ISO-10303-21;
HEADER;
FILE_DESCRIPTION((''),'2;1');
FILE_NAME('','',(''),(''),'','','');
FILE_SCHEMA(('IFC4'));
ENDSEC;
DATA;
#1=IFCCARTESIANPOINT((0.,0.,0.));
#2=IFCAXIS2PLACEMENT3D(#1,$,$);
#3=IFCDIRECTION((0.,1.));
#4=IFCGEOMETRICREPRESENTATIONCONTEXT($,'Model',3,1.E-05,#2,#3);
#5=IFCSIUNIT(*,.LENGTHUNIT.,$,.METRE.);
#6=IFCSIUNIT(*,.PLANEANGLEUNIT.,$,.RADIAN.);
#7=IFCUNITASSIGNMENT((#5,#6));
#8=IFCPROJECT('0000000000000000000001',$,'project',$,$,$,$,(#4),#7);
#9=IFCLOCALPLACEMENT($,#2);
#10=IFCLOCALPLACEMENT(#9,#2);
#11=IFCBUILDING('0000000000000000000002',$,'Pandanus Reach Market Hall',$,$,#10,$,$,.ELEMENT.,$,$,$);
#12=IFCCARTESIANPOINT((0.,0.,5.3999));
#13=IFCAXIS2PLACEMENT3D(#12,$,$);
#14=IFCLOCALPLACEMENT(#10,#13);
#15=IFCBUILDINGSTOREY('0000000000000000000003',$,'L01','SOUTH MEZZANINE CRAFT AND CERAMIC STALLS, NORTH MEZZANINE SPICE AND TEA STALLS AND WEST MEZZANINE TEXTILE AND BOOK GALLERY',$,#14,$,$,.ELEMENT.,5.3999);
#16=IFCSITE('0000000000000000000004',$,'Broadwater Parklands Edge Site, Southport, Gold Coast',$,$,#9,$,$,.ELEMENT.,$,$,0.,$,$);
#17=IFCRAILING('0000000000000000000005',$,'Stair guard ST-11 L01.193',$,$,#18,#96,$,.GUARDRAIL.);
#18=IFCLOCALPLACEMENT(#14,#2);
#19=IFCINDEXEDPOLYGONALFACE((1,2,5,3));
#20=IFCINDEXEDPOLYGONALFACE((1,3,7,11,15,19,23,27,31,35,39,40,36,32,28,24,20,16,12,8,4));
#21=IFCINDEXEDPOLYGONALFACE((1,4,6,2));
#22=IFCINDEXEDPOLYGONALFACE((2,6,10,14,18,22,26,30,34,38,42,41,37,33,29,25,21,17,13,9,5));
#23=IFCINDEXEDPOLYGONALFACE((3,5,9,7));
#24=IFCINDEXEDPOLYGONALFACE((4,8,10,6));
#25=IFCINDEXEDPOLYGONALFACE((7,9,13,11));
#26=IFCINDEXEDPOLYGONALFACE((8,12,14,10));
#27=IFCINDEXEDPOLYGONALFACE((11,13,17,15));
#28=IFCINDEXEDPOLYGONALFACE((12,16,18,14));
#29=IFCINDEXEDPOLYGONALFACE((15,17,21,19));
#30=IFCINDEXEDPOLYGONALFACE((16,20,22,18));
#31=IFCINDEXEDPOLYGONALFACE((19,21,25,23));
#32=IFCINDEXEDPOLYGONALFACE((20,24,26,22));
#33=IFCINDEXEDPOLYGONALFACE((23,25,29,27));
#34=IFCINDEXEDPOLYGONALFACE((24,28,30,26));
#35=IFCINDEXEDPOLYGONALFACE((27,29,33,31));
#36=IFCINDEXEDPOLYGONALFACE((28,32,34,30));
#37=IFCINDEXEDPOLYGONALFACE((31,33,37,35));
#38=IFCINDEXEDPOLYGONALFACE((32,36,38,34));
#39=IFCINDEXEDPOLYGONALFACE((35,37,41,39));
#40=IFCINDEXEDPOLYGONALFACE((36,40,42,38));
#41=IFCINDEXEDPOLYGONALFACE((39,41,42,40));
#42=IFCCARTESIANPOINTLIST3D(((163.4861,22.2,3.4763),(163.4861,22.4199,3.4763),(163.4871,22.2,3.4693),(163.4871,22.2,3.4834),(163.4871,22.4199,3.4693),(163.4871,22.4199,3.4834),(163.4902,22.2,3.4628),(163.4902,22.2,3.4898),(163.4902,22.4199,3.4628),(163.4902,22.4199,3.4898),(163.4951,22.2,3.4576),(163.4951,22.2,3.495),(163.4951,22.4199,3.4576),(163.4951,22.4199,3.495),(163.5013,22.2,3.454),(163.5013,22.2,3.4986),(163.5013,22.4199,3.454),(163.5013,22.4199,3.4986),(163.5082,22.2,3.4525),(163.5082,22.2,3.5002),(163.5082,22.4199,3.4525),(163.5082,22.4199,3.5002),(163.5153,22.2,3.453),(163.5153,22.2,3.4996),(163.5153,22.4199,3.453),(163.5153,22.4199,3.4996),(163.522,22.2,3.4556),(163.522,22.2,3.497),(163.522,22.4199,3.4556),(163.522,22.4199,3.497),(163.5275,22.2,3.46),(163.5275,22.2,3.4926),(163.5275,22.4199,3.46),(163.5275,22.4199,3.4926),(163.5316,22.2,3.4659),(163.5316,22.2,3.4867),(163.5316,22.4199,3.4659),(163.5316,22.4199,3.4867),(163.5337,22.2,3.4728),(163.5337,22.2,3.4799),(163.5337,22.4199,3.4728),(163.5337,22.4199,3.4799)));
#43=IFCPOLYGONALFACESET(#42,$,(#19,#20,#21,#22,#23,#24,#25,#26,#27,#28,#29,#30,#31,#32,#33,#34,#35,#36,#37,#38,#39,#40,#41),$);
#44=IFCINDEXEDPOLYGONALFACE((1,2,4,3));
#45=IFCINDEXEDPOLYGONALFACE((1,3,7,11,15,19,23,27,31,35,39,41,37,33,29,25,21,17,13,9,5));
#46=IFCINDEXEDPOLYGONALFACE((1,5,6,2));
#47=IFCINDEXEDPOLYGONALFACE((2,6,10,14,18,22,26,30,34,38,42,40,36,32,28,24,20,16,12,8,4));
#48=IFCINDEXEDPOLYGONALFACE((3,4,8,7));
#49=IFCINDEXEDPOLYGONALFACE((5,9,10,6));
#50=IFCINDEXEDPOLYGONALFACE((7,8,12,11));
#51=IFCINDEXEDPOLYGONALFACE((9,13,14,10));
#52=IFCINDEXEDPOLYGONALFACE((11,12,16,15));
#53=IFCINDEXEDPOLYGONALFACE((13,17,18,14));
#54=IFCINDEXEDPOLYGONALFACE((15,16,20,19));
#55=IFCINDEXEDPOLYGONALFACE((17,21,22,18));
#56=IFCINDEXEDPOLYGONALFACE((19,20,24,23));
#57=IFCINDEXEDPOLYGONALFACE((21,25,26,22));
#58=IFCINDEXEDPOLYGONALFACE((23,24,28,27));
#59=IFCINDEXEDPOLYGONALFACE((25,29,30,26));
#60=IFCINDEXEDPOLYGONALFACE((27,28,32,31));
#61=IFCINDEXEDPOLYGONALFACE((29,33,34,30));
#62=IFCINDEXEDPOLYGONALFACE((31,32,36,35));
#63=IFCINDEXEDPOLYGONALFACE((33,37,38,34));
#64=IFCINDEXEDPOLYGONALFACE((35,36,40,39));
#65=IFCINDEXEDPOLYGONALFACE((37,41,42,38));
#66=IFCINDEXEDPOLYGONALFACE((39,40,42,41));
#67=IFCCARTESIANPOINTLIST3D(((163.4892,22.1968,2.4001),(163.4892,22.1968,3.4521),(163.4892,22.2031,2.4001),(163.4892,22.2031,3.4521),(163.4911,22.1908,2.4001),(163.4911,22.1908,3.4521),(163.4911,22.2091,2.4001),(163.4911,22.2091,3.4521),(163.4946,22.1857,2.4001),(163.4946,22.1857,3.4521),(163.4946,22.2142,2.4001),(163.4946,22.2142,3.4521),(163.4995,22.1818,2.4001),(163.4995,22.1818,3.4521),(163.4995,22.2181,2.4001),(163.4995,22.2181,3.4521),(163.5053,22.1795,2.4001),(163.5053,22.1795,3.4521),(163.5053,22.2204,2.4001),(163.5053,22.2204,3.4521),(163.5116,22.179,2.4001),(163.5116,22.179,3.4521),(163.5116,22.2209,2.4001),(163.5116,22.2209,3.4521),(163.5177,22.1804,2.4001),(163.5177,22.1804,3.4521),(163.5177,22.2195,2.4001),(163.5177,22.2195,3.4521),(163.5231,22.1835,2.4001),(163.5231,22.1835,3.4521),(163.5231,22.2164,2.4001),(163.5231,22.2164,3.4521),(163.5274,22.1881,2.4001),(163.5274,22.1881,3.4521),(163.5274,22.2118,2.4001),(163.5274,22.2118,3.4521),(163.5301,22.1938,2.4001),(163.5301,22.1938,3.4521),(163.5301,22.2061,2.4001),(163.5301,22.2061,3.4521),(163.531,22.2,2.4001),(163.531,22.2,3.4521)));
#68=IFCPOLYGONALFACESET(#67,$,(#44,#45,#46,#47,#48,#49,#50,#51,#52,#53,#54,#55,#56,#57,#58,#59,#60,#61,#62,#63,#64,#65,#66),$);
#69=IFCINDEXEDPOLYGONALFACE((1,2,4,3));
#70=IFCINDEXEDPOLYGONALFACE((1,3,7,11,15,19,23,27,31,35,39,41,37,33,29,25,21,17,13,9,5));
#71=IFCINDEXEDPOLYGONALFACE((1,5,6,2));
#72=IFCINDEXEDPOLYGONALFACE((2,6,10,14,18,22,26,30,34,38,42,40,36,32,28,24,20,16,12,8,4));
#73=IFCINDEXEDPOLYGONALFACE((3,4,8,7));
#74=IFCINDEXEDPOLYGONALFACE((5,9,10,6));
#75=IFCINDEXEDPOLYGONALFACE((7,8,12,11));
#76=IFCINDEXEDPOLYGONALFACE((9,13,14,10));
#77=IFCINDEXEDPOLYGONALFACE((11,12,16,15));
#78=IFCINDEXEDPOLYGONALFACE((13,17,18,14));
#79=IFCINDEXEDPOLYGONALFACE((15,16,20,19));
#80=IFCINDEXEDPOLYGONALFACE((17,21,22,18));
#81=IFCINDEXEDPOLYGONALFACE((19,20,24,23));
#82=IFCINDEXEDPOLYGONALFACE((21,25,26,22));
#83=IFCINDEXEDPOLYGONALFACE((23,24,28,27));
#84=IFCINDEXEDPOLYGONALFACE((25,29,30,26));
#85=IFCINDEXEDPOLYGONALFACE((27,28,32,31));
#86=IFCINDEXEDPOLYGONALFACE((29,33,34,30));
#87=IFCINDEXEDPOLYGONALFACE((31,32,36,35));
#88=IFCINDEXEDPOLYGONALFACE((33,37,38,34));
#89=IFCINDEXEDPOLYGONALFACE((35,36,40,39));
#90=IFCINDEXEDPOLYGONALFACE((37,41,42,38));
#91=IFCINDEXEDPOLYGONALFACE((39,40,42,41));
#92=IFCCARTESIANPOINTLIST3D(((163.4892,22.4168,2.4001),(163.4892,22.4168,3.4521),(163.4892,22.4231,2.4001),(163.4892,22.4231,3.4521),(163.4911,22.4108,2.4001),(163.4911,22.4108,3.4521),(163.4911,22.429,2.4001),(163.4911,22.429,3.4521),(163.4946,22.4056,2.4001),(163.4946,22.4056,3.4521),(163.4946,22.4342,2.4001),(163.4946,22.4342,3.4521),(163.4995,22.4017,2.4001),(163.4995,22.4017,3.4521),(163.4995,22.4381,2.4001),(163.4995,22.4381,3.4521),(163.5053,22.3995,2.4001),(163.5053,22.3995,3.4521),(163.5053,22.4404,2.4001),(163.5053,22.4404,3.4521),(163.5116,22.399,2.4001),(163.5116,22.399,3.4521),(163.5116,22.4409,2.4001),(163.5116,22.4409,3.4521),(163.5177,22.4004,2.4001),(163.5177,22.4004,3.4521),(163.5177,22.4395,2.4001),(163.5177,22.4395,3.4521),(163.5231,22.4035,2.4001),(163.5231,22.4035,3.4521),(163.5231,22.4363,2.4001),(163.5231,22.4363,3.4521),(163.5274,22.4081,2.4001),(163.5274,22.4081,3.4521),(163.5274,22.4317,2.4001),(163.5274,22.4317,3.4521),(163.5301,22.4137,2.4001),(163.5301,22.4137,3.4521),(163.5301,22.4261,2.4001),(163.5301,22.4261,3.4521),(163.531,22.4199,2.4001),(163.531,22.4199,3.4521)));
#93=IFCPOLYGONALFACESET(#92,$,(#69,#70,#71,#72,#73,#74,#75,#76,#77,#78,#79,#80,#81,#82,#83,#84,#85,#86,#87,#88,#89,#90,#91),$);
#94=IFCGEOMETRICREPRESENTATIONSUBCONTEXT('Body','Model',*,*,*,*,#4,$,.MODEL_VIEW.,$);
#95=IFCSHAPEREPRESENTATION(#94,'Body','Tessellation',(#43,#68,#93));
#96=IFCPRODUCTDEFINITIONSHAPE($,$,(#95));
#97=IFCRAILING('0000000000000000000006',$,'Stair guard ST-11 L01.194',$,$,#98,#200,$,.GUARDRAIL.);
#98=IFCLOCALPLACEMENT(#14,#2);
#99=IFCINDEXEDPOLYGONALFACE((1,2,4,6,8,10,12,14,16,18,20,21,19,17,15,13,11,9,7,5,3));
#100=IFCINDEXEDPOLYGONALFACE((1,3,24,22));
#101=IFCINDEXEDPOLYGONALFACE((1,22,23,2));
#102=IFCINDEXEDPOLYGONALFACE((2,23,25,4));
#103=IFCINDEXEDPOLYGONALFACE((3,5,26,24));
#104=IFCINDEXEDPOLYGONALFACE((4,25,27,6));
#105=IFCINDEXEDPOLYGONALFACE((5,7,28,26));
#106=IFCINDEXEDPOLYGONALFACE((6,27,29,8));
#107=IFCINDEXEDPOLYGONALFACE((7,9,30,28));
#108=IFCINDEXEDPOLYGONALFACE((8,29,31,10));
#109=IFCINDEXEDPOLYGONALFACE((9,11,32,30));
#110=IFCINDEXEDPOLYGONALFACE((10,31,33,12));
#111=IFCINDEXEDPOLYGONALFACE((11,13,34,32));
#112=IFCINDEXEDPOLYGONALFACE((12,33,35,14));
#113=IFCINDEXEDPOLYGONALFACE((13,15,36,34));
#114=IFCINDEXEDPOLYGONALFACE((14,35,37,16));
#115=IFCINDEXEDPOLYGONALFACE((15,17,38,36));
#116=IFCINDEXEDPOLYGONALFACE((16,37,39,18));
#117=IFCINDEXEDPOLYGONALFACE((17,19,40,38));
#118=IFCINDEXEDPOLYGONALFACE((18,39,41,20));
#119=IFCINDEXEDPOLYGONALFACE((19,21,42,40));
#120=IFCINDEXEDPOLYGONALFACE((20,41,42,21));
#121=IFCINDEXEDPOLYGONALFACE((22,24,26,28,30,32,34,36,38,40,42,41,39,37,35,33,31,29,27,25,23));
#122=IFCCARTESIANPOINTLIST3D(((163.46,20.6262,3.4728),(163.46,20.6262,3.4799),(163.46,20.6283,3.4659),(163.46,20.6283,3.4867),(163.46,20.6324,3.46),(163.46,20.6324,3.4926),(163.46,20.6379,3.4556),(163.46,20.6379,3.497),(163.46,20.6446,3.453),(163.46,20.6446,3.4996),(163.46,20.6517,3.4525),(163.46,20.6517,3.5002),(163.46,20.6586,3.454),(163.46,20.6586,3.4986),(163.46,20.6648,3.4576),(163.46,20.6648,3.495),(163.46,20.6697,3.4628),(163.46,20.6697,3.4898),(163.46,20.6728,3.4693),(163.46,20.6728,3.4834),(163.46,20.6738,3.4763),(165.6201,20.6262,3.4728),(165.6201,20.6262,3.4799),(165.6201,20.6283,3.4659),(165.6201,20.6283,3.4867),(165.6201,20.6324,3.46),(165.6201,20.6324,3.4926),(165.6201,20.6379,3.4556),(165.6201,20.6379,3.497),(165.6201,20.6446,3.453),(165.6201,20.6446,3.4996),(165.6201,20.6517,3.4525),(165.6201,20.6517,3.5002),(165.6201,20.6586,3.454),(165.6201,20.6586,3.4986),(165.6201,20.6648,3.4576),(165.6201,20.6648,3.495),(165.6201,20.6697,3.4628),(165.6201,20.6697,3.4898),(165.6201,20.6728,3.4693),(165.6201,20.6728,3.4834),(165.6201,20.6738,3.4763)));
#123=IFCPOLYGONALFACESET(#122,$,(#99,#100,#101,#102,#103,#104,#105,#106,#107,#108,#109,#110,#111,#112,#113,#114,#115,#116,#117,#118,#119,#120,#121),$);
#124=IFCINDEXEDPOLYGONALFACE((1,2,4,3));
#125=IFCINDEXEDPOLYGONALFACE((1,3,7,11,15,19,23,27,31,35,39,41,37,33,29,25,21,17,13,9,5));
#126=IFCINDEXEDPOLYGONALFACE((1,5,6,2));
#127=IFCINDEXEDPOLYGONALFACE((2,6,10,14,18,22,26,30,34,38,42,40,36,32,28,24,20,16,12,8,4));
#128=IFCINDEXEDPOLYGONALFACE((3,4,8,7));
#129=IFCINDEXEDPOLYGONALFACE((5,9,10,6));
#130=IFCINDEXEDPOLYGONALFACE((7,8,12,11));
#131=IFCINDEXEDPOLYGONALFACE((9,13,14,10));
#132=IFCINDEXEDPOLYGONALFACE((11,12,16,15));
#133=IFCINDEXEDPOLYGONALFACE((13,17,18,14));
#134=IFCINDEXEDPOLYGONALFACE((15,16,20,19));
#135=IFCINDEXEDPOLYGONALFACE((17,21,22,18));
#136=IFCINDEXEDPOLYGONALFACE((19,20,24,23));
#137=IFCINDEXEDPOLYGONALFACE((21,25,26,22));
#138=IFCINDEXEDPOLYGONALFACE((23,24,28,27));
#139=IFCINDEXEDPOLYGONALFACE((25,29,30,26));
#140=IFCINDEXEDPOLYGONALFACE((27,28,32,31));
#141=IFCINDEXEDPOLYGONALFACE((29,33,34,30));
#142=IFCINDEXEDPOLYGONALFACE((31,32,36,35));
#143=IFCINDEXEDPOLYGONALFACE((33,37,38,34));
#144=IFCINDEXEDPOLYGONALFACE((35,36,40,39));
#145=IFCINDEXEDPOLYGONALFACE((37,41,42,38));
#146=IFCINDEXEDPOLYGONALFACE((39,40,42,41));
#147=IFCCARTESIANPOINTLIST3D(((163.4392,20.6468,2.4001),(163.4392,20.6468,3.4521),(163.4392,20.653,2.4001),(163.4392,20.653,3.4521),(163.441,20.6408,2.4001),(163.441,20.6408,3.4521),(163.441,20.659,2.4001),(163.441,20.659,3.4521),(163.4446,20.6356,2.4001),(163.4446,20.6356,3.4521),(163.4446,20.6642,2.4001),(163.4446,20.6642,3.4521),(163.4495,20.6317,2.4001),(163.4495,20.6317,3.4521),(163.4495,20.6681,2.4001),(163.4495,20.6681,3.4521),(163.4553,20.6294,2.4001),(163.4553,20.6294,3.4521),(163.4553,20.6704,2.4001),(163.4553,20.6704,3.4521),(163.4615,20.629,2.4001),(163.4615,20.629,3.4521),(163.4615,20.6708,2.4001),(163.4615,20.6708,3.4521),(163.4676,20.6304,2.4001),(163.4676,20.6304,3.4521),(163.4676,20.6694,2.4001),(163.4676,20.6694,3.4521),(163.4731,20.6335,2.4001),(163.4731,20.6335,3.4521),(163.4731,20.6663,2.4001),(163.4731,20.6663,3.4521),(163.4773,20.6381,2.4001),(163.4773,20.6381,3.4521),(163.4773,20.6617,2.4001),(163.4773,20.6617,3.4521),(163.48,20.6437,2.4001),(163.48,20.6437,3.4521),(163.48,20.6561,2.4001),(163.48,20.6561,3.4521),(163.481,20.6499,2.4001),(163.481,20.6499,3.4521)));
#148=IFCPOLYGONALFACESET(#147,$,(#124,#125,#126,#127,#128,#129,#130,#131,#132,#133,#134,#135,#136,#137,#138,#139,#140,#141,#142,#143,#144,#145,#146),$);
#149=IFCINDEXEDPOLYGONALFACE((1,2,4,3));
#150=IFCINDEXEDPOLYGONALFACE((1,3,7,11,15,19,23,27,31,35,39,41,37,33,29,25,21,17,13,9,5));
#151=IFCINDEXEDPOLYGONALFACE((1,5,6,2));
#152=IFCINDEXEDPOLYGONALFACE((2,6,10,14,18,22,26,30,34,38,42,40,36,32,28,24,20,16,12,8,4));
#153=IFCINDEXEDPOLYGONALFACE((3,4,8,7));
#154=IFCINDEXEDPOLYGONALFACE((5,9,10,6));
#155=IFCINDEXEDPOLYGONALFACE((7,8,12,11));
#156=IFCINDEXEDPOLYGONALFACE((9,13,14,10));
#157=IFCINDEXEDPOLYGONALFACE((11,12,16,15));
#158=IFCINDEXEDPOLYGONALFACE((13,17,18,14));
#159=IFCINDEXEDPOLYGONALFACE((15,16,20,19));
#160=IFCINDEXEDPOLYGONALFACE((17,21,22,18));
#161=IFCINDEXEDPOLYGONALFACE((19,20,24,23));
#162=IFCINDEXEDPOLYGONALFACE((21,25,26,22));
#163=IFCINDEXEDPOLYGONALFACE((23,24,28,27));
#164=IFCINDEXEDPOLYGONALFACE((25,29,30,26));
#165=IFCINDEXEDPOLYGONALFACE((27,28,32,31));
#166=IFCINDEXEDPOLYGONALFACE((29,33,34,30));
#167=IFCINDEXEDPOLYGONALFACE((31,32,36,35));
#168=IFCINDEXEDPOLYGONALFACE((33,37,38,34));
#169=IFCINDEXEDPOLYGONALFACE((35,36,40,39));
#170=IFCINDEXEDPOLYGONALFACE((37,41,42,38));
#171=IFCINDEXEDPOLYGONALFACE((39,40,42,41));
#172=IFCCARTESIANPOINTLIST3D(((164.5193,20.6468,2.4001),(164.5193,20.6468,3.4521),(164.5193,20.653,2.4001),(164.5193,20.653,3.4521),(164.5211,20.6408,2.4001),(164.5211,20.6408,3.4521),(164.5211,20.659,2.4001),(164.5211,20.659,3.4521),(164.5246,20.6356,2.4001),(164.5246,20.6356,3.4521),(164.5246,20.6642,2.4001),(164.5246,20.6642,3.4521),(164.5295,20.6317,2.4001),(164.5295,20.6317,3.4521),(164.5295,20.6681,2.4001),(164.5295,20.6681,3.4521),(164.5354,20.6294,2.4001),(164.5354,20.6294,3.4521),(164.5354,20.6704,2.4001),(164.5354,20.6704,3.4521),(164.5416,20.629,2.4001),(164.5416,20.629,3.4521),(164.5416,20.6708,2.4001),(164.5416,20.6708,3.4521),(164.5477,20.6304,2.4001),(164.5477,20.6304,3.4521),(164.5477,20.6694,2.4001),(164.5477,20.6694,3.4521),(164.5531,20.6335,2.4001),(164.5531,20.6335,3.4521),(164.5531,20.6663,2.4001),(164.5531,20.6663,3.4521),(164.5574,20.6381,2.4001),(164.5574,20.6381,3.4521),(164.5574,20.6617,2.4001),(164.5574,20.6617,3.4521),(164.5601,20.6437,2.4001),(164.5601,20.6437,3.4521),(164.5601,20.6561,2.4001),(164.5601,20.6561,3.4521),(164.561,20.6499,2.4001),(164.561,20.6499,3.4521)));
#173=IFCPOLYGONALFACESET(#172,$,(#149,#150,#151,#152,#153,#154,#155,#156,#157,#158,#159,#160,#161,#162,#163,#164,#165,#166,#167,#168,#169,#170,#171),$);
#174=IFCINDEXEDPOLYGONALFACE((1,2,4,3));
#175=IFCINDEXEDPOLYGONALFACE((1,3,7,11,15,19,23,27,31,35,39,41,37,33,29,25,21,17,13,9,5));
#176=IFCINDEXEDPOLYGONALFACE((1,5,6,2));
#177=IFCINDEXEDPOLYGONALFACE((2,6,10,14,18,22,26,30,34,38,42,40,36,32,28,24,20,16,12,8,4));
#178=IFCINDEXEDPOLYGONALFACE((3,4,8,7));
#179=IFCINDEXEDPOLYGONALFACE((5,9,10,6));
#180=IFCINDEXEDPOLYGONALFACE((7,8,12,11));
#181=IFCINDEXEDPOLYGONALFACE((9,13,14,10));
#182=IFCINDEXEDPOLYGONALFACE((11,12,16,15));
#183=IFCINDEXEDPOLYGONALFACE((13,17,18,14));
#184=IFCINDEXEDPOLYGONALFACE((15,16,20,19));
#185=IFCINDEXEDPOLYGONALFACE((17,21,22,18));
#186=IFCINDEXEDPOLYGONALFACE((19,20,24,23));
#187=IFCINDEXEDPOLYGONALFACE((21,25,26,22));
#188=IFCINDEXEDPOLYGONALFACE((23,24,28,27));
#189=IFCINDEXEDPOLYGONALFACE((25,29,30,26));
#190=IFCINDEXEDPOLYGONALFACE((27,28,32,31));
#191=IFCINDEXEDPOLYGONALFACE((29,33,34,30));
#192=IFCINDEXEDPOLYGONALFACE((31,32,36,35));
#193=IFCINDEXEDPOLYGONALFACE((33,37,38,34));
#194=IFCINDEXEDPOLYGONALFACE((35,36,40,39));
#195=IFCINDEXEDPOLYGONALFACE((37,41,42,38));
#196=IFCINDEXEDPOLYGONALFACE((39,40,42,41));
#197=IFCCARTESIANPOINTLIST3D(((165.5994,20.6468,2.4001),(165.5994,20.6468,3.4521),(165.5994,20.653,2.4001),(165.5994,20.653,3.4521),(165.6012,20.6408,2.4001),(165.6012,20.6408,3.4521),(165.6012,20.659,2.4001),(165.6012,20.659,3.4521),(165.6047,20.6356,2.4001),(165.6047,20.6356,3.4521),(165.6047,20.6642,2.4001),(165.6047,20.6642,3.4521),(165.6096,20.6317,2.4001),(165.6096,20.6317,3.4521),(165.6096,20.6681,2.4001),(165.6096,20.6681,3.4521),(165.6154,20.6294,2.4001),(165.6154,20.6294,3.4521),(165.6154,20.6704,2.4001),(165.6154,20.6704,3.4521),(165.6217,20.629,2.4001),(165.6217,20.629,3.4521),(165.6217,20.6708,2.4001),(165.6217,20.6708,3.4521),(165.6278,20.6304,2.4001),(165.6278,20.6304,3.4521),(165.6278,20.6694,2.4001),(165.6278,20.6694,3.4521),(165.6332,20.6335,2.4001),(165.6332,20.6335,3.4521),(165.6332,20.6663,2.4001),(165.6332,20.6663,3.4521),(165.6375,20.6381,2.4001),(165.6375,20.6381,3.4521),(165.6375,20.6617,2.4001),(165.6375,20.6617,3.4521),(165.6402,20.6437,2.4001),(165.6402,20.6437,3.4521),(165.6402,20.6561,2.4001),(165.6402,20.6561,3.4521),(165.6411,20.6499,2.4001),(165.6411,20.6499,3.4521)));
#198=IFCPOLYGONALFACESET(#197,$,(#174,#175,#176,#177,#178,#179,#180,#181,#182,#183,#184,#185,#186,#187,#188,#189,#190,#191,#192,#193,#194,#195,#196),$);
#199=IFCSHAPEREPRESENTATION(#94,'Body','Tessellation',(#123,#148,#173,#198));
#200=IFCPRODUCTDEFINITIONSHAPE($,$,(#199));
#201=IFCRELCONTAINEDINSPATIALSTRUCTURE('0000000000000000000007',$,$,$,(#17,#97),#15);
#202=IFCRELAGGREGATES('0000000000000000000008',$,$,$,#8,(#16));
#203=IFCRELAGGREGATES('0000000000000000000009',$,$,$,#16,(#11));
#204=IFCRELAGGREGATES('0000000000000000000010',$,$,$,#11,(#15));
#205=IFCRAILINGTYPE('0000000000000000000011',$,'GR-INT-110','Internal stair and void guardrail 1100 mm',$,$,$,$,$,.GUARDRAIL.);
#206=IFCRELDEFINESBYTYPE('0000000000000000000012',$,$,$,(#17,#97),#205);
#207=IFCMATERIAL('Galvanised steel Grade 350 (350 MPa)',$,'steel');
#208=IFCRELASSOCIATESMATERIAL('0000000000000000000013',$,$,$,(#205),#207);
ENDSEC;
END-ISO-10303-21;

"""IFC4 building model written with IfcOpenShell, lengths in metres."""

from ifc_helpers import new_model, si_unit, direction, frame, origin, origin_2d, place, context, subcontext, project, spatial, circle, extrude, material, type_object, element, save


model = new_model("IFC4")

# Units and contexts
model_context = context("Model", 3, precision=1e-05, world=origin(), true_north=direction((0.0, 1.0)))
body_context = subcontext(model_context, "Body", "Model", "MODEL_VIEW")
ifc_project = project(units=[si_unit("LENGTHUNIT", "METRE"), si_unit("PLANEANGLEUNIT", "RADIAN")], contexts=[model_context])

# Site, building, storey
site_placement = place(None, origin())
site = spatial("IfcSite", under=ifc_project, at=site_placement, Name="Broadwater Parklands Edge Site, Southport, Gold Coast", CompositionType="ELEMENT", RefElevation=0.0)
building_placement = place(site_placement, origin())
building = spatial("IfcBuilding", under=site, at=building_placement, Name="Pandanus Reach Market Hall", CompositionType="ELEMENT")
storey_placement = place(building_placement, frame((0.0, 0.0, 5.3999)))
storey = spatial("IfcBuildingStorey", under=building, at=storey_placement, Name="L01", Description="SOUTH MEZZANINE CRAFT AND CERAMIC STALLS, NORTH MEZZANINE SPICE AND TEA STALLS AND WEST MEZZANINE TEXTILE AND BOOK GALLERY", CompositionType="ELEMENT", Elevation=5.3999)

# Railings
ifc_material_1 = material(Name="Galvanised steel Grade 350 (350 MPa)", Category="steel")
railing_type_1 = type_object("IfcRailingType", Name="GR-INT-110", Description="Internal stair and void guardrail 1100 mm", PredefinedType="GUARDRAIL", material=ifc_material_1)
railing_1_placement = place(storey_placement, frame((163.51, 22.2, 2.4001)))
element("IfcRailing", 1, at=railing_1_placement, inside=storey, type_object=railing_type_1, Name="Stair guard ST-11 L01.193", PredefinedType="GUARDRAIL", context=body_context, shape_type="SweptSolid", body=[
    extrude(circle(Radius=0.0239, at=origin_2d()), frame((0.0, 0.0, 1.0762), z_axis=(0.0, 1.0, 0.0), x_axis=(-1.0, 0.0, 0.0)), (0.0, 0.0, 1.0), 0.22),
    extrude(circle(Radius=0.021, at=origin_2d()), origin(), (0.0, 0.0, 1.0), 1.052),
    extrude(circle(Radius=0.021, at=origin_2d()), frame((0.0, 0.22, 0.0)), (0.0, 0.0, 1.0), 1.052),
])
railing_2_placement = place(storey_placement, frame((163.46, 20.6499, 2.4001)))
element("IfcRailing", 2, at=railing_2_placement, inside=storey, type_object=railing_type_1, Name="Stair guard ST-11 L01.194", PredefinedType="GUARDRAIL", context=body_context, shape_type="SweptSolid", body=[
    extrude(circle(Radius=0.0239, at=origin_2d()), frame((0.0, 0.0, 1.0762), z_axis=(1.0, 0.0, 0.0), x_axis=(0.0, 1.0, 0.0)), (0.0, 0.0, 1.0), 2.1602),
    extrude(circle(Radius=0.021, at=origin_2d()), origin(), (0.0, 0.0, 1.0), 1.052),
    extrude(circle(Radius=0.021, at=origin_2d()), frame((1.0801, 0.0, 0.0)), (0.0, 0.0, 1.0), 1.052),
    extrude(circle(Radius=0.021, at=origin_2d()), frame((2.1602, 0.0, 0.0)), (0.0, 0.0, 1.0), 1.052),
])

save(model, "model.ifc")
